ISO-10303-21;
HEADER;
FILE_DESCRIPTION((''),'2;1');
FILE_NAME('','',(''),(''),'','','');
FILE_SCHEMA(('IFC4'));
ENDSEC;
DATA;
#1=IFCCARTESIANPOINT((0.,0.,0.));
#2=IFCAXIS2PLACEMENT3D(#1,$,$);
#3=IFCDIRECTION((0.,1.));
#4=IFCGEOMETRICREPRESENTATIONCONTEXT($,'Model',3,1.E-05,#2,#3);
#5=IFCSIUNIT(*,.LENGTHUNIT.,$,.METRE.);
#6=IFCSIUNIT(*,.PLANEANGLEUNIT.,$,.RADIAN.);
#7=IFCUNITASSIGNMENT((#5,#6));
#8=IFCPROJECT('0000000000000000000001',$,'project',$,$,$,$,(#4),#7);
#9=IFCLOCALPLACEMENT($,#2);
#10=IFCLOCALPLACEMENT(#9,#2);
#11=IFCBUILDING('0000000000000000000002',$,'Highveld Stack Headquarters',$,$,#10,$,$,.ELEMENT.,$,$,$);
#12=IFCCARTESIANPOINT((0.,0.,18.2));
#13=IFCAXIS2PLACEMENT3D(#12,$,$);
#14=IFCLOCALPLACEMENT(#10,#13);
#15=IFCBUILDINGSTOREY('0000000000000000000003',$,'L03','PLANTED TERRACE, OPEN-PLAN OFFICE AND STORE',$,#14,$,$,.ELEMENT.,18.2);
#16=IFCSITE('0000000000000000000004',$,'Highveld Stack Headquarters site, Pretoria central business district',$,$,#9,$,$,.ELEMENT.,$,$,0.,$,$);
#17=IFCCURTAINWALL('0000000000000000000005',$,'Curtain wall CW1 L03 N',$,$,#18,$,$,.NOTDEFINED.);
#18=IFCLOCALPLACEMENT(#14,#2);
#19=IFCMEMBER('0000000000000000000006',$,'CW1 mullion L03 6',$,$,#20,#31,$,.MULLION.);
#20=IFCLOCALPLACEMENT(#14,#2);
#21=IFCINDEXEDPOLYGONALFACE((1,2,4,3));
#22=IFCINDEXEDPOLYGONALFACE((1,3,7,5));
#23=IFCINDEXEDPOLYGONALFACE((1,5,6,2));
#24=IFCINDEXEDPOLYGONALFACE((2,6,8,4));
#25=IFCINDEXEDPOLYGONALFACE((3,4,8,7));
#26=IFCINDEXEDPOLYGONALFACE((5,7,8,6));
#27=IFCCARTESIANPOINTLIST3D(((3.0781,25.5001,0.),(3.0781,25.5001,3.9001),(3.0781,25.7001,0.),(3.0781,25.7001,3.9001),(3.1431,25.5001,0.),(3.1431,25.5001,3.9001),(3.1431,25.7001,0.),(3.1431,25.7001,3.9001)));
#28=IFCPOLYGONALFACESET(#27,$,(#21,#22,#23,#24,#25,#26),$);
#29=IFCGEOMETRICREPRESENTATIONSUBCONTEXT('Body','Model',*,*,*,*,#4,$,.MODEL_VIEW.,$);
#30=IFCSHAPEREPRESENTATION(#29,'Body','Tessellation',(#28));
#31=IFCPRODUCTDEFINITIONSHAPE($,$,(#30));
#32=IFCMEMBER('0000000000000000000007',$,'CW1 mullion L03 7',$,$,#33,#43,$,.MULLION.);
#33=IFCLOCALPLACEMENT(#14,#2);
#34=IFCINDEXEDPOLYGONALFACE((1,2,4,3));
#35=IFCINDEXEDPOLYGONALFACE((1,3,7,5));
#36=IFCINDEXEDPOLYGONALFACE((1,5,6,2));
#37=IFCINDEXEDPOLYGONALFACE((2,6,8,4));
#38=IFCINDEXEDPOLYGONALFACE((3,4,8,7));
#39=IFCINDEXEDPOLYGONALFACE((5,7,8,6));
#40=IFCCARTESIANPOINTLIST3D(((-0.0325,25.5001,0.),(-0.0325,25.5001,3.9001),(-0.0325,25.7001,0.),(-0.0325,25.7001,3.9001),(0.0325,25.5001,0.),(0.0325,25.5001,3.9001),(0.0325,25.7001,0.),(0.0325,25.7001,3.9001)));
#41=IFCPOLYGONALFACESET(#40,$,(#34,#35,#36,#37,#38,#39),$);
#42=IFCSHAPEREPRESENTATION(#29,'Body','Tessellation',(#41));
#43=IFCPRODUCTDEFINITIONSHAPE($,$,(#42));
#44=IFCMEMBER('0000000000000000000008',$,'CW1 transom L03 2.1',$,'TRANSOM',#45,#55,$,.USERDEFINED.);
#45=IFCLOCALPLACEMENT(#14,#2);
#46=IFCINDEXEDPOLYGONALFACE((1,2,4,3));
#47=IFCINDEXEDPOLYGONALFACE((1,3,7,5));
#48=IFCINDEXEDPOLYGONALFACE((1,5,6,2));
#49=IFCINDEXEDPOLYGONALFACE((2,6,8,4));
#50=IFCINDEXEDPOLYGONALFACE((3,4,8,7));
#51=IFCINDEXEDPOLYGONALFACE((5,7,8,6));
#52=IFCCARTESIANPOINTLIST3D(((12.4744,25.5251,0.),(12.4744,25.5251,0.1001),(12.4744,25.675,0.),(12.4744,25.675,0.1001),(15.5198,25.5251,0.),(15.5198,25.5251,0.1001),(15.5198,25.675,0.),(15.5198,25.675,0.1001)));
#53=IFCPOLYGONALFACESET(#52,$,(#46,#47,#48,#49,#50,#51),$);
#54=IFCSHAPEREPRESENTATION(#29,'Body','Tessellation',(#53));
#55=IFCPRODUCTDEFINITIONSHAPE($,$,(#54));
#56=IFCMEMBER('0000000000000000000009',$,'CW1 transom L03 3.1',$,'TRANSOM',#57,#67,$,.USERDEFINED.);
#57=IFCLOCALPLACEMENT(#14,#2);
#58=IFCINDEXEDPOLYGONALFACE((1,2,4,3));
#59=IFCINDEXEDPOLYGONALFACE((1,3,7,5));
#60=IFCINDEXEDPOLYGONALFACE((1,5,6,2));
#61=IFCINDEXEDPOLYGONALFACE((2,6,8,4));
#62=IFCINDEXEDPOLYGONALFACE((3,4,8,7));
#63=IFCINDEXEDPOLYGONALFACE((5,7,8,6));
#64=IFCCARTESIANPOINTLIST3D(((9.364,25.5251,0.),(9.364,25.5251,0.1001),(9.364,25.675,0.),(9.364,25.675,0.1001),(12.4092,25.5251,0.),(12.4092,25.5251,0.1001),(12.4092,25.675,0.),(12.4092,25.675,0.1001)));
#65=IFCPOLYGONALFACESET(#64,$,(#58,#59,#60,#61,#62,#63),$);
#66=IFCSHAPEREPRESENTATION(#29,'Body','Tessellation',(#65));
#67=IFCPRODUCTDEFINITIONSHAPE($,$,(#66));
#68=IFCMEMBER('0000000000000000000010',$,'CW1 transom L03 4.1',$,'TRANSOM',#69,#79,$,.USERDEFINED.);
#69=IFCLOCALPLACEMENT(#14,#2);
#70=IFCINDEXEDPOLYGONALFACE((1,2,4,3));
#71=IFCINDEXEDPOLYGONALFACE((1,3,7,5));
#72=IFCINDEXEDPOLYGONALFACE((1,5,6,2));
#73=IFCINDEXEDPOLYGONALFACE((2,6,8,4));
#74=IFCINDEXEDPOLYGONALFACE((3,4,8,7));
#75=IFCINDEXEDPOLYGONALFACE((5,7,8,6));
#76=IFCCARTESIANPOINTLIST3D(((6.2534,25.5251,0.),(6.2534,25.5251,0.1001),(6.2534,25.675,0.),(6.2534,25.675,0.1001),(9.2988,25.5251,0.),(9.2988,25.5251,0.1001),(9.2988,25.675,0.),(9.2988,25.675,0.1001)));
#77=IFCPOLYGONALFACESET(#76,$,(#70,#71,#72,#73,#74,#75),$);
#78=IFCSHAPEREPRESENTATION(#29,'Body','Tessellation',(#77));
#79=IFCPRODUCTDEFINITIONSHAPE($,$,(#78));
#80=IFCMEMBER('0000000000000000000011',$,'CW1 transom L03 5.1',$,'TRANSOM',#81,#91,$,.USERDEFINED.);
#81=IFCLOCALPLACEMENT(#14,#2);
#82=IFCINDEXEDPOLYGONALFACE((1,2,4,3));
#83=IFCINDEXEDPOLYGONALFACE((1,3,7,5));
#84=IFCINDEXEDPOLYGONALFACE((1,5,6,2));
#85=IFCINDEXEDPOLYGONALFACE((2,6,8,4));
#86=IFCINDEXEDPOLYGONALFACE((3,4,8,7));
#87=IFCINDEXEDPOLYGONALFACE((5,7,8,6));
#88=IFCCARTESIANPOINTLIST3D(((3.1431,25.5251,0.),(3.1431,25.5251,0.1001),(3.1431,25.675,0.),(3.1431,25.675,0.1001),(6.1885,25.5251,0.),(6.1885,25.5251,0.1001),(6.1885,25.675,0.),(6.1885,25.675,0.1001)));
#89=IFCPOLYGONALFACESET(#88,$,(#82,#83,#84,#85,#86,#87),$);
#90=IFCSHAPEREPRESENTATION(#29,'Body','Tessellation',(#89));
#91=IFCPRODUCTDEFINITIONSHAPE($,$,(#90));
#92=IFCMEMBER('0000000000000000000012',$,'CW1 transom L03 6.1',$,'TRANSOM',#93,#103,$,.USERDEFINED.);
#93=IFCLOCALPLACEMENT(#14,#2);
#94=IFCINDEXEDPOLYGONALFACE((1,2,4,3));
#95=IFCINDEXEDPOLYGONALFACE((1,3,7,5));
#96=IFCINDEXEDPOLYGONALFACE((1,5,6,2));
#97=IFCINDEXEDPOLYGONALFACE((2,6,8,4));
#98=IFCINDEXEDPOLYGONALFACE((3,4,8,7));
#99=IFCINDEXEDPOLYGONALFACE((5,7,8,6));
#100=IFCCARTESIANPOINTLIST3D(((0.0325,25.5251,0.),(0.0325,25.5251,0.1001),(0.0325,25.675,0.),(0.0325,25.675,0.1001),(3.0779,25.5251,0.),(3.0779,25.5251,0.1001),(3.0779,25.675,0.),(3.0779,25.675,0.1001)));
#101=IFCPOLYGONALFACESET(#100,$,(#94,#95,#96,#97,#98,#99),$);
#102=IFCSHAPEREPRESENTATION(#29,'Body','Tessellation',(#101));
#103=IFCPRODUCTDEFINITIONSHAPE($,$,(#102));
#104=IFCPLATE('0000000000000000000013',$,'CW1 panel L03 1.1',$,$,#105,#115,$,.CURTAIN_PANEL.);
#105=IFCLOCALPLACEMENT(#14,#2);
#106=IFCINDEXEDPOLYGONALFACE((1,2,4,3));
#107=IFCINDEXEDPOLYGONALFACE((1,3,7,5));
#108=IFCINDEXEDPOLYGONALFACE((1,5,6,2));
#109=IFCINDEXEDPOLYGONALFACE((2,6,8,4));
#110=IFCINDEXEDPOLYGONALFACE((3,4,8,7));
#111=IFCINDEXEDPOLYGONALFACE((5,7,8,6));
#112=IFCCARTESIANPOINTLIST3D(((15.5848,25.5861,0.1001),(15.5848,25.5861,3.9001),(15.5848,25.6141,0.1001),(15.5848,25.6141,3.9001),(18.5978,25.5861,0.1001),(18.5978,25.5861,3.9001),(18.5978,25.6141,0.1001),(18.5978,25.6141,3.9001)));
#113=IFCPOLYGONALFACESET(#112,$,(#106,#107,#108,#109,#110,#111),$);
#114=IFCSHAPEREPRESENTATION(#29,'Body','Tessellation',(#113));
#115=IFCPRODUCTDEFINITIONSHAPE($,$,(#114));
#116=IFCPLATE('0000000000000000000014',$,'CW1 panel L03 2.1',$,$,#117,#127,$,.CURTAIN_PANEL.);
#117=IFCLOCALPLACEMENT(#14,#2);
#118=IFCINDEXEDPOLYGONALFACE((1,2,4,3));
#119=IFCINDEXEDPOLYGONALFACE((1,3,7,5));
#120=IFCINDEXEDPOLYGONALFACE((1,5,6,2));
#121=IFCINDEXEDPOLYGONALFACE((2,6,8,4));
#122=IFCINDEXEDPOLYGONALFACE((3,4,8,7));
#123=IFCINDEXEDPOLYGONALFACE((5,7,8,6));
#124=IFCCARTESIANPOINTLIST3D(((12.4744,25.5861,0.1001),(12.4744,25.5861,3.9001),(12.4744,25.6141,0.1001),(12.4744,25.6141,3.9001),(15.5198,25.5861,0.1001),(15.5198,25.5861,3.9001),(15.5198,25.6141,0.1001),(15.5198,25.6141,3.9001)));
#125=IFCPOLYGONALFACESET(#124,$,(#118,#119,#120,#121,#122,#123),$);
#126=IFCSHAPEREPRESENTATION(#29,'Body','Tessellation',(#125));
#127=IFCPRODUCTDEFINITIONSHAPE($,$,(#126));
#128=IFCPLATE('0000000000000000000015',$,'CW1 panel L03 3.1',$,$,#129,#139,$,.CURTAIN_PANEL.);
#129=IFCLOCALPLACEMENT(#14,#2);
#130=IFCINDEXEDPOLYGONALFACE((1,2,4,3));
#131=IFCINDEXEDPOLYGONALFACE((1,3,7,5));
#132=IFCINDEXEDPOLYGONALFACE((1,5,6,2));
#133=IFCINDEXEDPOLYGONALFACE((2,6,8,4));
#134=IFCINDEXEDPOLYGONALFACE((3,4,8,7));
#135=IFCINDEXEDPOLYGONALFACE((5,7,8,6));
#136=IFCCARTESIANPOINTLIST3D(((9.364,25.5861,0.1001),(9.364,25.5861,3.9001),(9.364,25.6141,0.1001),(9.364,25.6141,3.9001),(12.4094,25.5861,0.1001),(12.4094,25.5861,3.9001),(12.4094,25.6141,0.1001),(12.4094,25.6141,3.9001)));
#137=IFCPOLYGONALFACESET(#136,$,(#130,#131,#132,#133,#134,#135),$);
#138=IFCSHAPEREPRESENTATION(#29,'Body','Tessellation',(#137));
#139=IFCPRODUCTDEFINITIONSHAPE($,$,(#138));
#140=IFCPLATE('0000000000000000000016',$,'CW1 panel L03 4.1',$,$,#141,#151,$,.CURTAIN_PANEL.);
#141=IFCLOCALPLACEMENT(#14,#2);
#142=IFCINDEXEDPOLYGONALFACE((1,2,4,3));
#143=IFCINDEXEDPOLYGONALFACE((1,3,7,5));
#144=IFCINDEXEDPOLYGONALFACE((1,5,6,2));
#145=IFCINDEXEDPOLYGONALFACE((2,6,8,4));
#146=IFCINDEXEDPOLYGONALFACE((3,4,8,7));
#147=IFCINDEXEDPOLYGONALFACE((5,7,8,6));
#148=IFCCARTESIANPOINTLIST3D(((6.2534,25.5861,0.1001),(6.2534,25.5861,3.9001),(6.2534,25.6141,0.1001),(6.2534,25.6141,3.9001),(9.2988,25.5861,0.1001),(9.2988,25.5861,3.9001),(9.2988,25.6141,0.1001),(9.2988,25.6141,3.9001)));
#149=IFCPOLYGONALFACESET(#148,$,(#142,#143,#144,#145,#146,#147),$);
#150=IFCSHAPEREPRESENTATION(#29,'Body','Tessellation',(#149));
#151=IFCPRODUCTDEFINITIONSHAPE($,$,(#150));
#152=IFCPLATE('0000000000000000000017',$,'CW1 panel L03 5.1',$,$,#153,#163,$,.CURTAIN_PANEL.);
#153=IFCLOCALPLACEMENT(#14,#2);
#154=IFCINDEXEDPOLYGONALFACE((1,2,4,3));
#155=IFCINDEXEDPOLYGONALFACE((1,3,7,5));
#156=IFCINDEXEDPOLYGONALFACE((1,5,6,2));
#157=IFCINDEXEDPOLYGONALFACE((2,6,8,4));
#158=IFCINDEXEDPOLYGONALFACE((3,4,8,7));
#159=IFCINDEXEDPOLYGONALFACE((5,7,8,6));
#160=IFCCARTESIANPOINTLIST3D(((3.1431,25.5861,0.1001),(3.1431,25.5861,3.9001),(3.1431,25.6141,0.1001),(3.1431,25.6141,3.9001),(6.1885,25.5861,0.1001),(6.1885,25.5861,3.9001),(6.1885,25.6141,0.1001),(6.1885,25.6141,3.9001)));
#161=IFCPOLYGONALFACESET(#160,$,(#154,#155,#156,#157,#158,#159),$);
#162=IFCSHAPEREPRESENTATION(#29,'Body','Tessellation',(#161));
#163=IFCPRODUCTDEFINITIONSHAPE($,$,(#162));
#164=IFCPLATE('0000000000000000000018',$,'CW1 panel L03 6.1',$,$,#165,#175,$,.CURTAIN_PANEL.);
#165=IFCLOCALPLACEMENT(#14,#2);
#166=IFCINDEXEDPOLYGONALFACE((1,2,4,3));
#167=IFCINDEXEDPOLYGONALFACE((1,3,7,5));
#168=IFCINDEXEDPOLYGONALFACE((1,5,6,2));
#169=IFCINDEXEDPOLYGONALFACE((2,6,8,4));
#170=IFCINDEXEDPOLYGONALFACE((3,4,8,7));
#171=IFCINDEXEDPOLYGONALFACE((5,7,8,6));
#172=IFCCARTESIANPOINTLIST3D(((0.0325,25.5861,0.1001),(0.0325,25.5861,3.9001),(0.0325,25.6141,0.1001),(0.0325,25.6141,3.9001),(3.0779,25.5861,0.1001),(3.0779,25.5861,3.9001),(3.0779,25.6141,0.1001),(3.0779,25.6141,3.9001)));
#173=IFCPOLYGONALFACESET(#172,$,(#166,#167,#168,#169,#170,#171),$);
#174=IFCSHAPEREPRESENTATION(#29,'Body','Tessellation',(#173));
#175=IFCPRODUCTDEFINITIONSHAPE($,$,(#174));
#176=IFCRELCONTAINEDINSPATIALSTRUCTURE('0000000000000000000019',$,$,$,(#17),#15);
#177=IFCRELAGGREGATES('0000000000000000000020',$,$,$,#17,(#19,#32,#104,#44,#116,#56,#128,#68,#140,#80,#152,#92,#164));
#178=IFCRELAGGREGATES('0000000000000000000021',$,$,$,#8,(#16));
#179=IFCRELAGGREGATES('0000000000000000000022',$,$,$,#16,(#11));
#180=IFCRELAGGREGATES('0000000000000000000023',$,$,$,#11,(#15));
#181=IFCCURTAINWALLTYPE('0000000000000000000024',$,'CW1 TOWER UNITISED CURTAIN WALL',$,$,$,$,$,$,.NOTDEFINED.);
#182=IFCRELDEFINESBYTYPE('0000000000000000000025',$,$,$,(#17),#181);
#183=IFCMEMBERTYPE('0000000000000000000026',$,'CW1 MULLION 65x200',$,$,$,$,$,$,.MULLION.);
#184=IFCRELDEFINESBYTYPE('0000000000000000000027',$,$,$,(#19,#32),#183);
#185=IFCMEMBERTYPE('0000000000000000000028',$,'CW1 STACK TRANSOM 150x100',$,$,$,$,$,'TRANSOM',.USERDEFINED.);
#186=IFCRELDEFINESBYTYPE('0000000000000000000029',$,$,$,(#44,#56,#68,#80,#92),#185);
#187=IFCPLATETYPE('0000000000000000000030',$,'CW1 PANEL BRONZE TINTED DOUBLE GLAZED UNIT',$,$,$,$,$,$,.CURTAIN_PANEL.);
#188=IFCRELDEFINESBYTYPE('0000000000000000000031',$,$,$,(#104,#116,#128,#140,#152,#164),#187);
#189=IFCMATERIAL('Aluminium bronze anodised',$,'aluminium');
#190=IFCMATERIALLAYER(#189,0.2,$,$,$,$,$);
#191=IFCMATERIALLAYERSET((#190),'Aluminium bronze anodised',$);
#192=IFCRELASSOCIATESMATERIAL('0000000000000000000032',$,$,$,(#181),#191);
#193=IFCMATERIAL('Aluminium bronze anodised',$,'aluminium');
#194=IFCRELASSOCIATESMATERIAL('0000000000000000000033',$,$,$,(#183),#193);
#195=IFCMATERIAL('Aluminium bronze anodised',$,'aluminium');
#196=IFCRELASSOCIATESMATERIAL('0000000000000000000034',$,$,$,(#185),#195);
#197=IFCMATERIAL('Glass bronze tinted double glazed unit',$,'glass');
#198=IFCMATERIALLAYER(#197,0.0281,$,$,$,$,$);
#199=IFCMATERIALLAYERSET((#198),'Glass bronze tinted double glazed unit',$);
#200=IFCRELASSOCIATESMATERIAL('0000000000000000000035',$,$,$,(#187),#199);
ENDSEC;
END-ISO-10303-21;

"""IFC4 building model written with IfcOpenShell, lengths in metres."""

from ifc_helpers import new_model, si_unit, direction, frame, origin, origin_2d, place, context, subcontext, project, spatial, rectangle, extrude, material, layer, layer_set, material_profile, profile_set, type_object, element, aggregate, save


model = new_model("IFC4")

# Units and contexts
model_context = context("Model", 3, precision=1e-05, world=origin(), true_north=direction((0.0, 1.0)))
body_context = subcontext(model_context, "Body", "Model", "MODEL_VIEW")
ifc_project = project(units=[si_unit("LENGTHUNIT", "METRE"), si_unit("PLANEANGLEUNIT", "RADIAN")], contexts=[model_context])

# Site, building, storey
site_placement = place(None, origin())
site = spatial("IfcSite", under=ifc_project, at=site_placement, Name="Highveld Stack Headquarters site, Pretoria central business district", CompositionType="ELEMENT", RefElevation=0.0)
building_placement = place(site_placement, origin())
building = spatial("IfcBuilding", under=site, at=building_placement, Name="Highveld Stack Headquarters", CompositionType="ELEMENT")
storey_placement = place(building_placement, frame((0.0, 0.0, 18.2)))
storey = spatial("IfcBuildingStorey", under=building, at=storey_placement, Name="L03", Description="PLANTED TERRACE, OPEN-PLAN OFFICE AND STORE", CompositionType="ELEMENT", Elevation=18.2)

# Curtain wall, members, plates
ifc_material_1 = material(Name="Aluminium bronze anodised", Category="aluminium")
ifc_layer_1 = layer(ifc_material_1, 0.2)
ifc_layer_set_1 = layer_set([ifc_layer_1], Name="Aluminium bronze anodised")
curtain_wall_type = type_object("IfcCurtainWallType", Name="CW1 TOWER UNITISED CURTAIN WALL", PredefinedType="NOTDEFINED", material=ifc_layer_set_1)
curtain_wall_placement = place(storey_placement, origin())
curtain_wall = element("IfcCurtainWall", 1, at=curtain_wall_placement, inside=storey, type_object=curtain_wall_type, Name="Curtain wall CW1 L03 N", PredefinedType="NOTDEFINED")
ifc_material_2 = material(Name="Aluminium bronze anodised", Category="aluminium")
ifc_material_profile_1 = material_profile(ifc_material_2, rectangle(XDim=0.2, YDim=0.0649, at=origin_2d()), Name="CW1 MULLION 65x200")
ifc_profile_set_1 = profile_set([ifc_material_profile_1], Name="Aluminium bronze anodised")
member_type_1 = type_object("IfcMemberType", Name="CW1 MULLION 65x200", PredefinedType="MULLION", material=ifc_profile_set_1)
member_1_placement = place(storey_placement, frame((3.1106, 25.6001, 0.0), z_axis=(0.0, 0.0, 1.0), x_axis=(0.0, -1.0, 0.0)))
member_1 = element("IfcMember", 2, at=member_1_placement, type_object=member_type_1, Name="CW1 mullion L03 6", PredefinedType="MULLION", context=body_context, shape_type="SweptSolid", body=[
    extrude(rectangle(XDim=0.2, YDim=0.0649, at=origin_2d()), origin(), (0.0, 0.0, 1.0), 3.9001),
])
member_2_placement = place(storey_placement, frame((0.0, 25.6001, 0.0), z_axis=(0.0, 0.0, 1.0), x_axis=(0.0, -1.0, 0.0)))
member_2 = element("IfcMember", 3, at=member_2_placement, type_object=member_type_1, Name="CW1 mullion L03 7", PredefinedType="MULLION", context=body_context, shape_type="SweptSolid", body=[
    extrude(rectangle(XDim=0.2, YDim=0.0649, at=origin_2d()), origin(), (0.0, 0.0, 1.0), 3.9001),
])
ifc_material_3 = material(Name="Aluminium bronze anodised", Category="aluminium")
ifc_material_profile_2 = material_profile(ifc_material_3, rectangle(XDim=0.1499, YDim=0.1001, at=origin_2d()), Name="CW1 TRANSOM 150x100")
ifc_profile_set_2 = profile_set([ifc_material_profile_2], Name="Aluminium bronze anodised")
member_type_2 = type_object("IfcMemberType", Name="CW1 STACK TRANSOM 150x100", ElementType="TRANSOM", PredefinedType="USERDEFINED", material=ifc_profile_set_2)
member_3_placement = place(storey_placement, frame((15.5198, 25.6001, 0.05), z_axis=(-1.0, 0.0, 0.0), x_axis=(0.0, -1.0, 0.0)))
member_3 = element("IfcMember", 4, at=member_3_placement, type_object=member_type_2, Name="CW1 transom L03 2.1", ObjectType="TRANSOM", PredefinedType="USERDEFINED", context=body_context, shape_type="SweptSolid", body=[
    extrude(rectangle(XDim=0.1499, YDim=0.1001, at=origin_2d()), origin(), (0.0, 0.0, 1.0), 3.0454),
])
member_4_placement = place(storey_placement, frame((12.4092, 25.6001, 0.05), z_axis=(-1.0, 0.0, 0.0), x_axis=(0.0, -1.0, 0.0)))
member_4 = element("IfcMember", 5, at=member_4_placement, type_object=member_type_2, Name="CW1 transom L03 3.1", ObjectType="TRANSOM", PredefinedType="USERDEFINED", context=body_context, shape_type="SweptSolid", body=[
    extrude(rectangle(XDim=0.1499, YDim=0.1001, at=origin_2d()), origin(), (0.0, 0.0, 1.0), 3.0452),
])
member_5_placement = place(storey_placement, frame((9.2988, 25.6001, 0.05), z_axis=(-1.0, 0.0, 0.0), x_axis=(0.0, -1.0, 0.0)))
member_5 = element("IfcMember", 6, at=member_5_placement, type_object=member_type_2, Name="CW1 transom L03 4.1", ObjectType="TRANSOM", PredefinedType="USERDEFINED", context=body_context, shape_type="SweptSolid", body=[
    extrude(rectangle(XDim=0.1499, YDim=0.1001, at=origin_2d()), origin(), (0.0, 0.0, 1.0), 3.0454),
])
member_6_placement = place(storey_placement, frame((6.1885, 25.6001, 0.05), z_axis=(-1.0, 0.0, 0.0), x_axis=(0.0, -1.0, 0.0)))
member_6 = element("IfcMember", 7, at=member_6_placement, type_object=member_type_2, Name="CW1 transom L03 5.1", ObjectType="TRANSOM", PredefinedType="USERDEFINED", context=body_context, shape_type="SweptSolid", body=[
    extrude(rectangle(XDim=0.1499, YDim=0.1001, at=origin_2d()), origin(), (0.0, 0.0, 1.0), 3.0454),
])
member_7_placement = place(storey_placement, frame((3.0779, 25.6001, 0.05), z_axis=(-1.0, 0.0, 0.0), x_axis=(0.0, -1.0, 0.0)))
member_7 = element("IfcMember", 8, at=member_7_placement, type_object=member_type_2, Name="CW1 transom L03 6.1", ObjectType="TRANSOM", PredefinedType="USERDEFINED", context=body_context, shape_type="SweptSolid", body=[
    extrude(rectangle(XDim=0.1499, YDim=0.1001, at=origin_2d()), origin(), (0.0, 0.0, 1.0), 3.0454),
])
ifc_material_4 = material(Name="Glass bronze tinted double glazed unit", Category="glass")
ifc_layer_2 = layer(ifc_material_4, 0.0281)
ifc_layer_set_2 = layer_set([ifc_layer_2], Name="Glass bronze tinted double glazed unit")
plate_type = type_object("IfcPlateType", Name="CW1 PANEL BRONZE TINTED DOUBLE GLAZED UNIT", PredefinedType="CURTAIN_PANEL", material=ifc_layer_set_2)
plate_1_placement = place(storey_placement, frame((17.0913, 25.6001, 0.1001), z_axis=(0.0, 0.0, 1.0), x_axis=(-1.0, 0.0, 0.0)))
plate_1 = element("IfcPlate", 9, at=plate_1_placement, type_object=plate_type, Name="CW1 panel L03 1.1", PredefinedType="CURTAIN_PANEL", context=body_context, shape_type="SweptSolid", body=[
    extrude(rectangle(XDim=3.0129, YDim=0.0281, at=origin_2d()), origin(), (0.0, 0.0, 1.0), 3.8),
])
plate_2_placement = place(storey_placement, frame((13.9971, 25.6001, 0.1001), z_axis=(0.0, 0.0, 1.0), x_axis=(-1.0, 0.0, 0.0)))
plate_2 = element("IfcPlate", 10, at=plate_2_placement, type_object=plate_type, Name="CW1 panel L03 2.1", PredefinedType="CURTAIN_PANEL", context=body_context, shape_type="SweptSolid", body=[
    extrude(rectangle(XDim=3.0454, YDim=0.0281, at=origin_2d()), origin(), (0.0, 0.0, 1.0), 3.8),
])
plate_3_placement = place(storey_placement, frame((10.8867, 25.6001, 0.1001), z_axis=(0.0, 0.0, 1.0), x_axis=(-1.0, 0.0, 0.0)))
plate_3 = element("IfcPlate", 11, at=plate_3_placement, type_object=plate_type, Name="CW1 panel L03 3.1", PredefinedType="CURTAIN_PANEL", context=body_context, shape_type="SweptSolid", body=[
    extrude(rectangle(XDim=3.0454, YDim=0.0281, at=origin_2d()), origin(), (0.0, 0.0, 1.0), 3.8),
])
plate_4_placement = place(storey_placement, frame((7.7761, 25.6001, 0.1001), z_axis=(0.0, 0.0, 1.0), x_axis=(-1.0, 0.0, 0.0)))
plate_4 = element("IfcPlate", 12, at=plate_4_placement, type_object=plate_type, Name="CW1 panel L03 4.1", PredefinedType="CURTAIN_PANEL", context=body_context, shape_type="SweptSolid", body=[
    extrude(rectangle(XDim=3.0454, YDim=0.0281, at=origin_2d()), origin(), (0.0, 0.0, 1.0), 3.8),
])
plate_5_placement = place(storey_placement, frame((4.6658, 25.6001, 0.1001), z_axis=(0.0, 0.0, 1.0), x_axis=(-1.0, 0.0, 0.0)))
plate_5 = element("IfcPlate", 13, at=plate_5_placement, type_object=plate_type, Name="CW1 panel L03 5.1", PredefinedType="CURTAIN_PANEL", context=body_context, shape_type="SweptSolid", body=[
    extrude(rectangle(XDim=3.0454, YDim=0.0281, at=origin_2d()), origin(), (0.0, 0.0, 1.0), 3.8),
])
plate_6_placement = place(storey_placement, frame((1.5552, 25.6001, 0.1001), z_axis=(0.0, 0.0, 1.0), x_axis=(-1.0, 0.0, 0.0)))
plate_6 = element("IfcPlate", 14, at=plate_6_placement, type_object=plate_type, Name="CW1 panel L03 6.1", PredefinedType="CURTAIN_PANEL", context=body_context, shape_type="SweptSolid", body=[
    extrude(rectangle(XDim=3.0454, YDim=0.0281, at=origin_2d()), origin(), (0.0, 0.0, 1.0), 3.8),
])
aggregate(curtain_wall, [member_1, member_2, plate_1, member_3, plate_2, member_4, plate_3, member_5, plate_4, member_6, plate_5, member_7, plate_6])

save(model, "model.ifc")
